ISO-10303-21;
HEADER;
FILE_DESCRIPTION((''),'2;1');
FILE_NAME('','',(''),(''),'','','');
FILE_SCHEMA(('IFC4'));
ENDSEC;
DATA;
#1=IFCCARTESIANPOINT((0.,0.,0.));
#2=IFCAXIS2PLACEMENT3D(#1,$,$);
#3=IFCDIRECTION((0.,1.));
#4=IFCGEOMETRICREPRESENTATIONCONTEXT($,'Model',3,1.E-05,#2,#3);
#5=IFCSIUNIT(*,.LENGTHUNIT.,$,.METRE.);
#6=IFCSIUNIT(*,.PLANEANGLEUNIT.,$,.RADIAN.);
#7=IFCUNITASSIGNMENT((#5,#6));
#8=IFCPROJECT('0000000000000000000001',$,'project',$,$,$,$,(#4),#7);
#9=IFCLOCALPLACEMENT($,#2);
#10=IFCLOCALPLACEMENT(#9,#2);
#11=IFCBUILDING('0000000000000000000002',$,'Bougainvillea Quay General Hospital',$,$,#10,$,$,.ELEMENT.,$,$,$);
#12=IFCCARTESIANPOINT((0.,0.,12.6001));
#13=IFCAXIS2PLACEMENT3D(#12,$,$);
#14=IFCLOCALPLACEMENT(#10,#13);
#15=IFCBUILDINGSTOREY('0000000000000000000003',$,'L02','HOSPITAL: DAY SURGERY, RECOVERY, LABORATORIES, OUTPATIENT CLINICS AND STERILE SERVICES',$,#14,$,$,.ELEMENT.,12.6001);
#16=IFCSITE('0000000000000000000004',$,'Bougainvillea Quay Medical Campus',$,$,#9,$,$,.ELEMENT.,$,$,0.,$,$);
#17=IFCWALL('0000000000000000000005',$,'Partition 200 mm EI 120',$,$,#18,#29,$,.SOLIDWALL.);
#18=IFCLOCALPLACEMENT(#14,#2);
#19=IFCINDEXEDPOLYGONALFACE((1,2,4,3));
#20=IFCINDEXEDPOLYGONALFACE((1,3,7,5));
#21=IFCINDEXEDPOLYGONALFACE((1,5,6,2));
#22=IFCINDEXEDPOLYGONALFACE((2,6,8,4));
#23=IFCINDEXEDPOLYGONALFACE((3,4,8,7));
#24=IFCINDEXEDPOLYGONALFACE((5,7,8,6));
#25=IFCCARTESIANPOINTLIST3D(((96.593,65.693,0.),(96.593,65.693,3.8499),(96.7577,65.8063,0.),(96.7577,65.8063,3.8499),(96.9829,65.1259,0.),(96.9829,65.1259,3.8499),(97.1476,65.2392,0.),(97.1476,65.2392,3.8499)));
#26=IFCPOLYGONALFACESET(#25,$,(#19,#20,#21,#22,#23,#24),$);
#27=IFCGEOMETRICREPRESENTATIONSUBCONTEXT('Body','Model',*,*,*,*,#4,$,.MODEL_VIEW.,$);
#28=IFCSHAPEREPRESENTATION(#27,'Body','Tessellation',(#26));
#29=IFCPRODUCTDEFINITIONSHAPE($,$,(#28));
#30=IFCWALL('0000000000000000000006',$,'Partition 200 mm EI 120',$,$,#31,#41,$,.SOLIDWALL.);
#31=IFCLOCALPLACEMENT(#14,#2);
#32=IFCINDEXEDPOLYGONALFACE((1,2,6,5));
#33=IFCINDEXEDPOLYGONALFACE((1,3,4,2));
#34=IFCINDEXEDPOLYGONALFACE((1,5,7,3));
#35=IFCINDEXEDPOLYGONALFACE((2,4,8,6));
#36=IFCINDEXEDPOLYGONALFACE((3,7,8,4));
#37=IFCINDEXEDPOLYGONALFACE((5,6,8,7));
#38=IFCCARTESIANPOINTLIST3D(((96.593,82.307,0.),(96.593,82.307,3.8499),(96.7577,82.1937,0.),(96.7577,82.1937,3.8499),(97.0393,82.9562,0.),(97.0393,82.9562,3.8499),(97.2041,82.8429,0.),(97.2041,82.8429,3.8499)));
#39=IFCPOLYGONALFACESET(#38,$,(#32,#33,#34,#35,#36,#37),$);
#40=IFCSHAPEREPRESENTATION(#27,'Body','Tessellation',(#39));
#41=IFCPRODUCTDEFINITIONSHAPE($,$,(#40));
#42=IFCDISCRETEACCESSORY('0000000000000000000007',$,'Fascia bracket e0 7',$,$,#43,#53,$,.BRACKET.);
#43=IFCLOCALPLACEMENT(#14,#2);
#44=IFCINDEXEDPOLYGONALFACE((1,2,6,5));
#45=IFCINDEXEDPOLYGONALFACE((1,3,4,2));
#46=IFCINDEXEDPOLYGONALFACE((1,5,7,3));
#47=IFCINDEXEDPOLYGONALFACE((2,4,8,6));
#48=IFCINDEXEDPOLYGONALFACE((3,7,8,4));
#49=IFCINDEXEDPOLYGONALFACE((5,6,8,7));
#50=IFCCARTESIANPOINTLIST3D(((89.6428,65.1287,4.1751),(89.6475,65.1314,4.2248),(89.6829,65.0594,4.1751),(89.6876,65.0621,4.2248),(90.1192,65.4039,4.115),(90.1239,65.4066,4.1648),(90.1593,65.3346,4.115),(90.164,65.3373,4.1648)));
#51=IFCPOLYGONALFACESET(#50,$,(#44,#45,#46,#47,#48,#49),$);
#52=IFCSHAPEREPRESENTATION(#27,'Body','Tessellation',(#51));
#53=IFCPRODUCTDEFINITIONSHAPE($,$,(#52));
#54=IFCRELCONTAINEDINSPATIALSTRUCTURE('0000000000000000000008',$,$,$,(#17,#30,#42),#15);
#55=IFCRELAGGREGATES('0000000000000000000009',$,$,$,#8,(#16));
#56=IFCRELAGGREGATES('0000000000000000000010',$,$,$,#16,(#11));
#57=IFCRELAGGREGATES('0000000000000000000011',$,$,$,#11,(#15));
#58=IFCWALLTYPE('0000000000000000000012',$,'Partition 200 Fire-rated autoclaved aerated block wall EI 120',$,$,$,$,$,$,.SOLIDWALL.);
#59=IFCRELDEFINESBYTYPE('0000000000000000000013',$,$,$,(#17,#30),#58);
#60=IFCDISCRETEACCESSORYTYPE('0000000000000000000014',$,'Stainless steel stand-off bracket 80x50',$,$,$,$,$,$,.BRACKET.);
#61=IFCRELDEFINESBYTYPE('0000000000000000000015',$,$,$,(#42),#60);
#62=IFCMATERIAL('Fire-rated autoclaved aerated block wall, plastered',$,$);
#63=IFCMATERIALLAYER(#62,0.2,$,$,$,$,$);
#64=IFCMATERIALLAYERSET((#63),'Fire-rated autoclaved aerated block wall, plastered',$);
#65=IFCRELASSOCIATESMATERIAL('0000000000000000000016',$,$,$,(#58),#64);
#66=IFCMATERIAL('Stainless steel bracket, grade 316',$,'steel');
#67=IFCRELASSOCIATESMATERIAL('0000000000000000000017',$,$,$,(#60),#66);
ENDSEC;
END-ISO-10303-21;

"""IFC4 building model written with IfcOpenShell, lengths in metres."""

from ifc_helpers import new_model, si_unit, direction, frame, frame_2d, origin, origin_2d, place, context, subcontext, project, spatial, rectangle, extrude, material, layer, layer_set, material_profile, profile_set, type_object, element, save


model = new_model("IFC4")

# Units and contexts
model_context = context("Model", 3, precision=1e-05, world=origin(), true_north=direction((0.0, 1.0)))
body_context = subcontext(model_context, "Body", "Model", "MODEL_VIEW")
ifc_project = project(units=[si_unit("LENGTHUNIT", "METRE"), si_unit("PLANEANGLEUNIT", "RADIAN")], contexts=[model_context])

# Site, building, storey
site_placement = place(None, origin())
site = spatial("IfcSite", under=ifc_project, at=site_placement, Name="Bougainvillea Quay Medical Campus", CompositionType="ELEMENT", RefElevation=0.0)
building_placement = place(site_placement, origin())
building = spatial("IfcBuilding", under=site, at=building_placement, Name="Bougainvillea Quay General Hospital", CompositionType="ELEMENT")
storey_placement = place(building_placement, frame((0.0, 0.0, 12.6001)))
storey = spatial("IfcBuildingStorey", under=building, at=storey_placement, Name="L02", Description="HOSPITAL: DAY SURGERY, RECOVERY, LABORATORIES, OUTPATIENT CLINICS AND STERILE SERVICES", CompositionType="ELEMENT", Elevation=12.6001)

# Walls
ifc_material_1 = material(Name="Fire-rated autoclaved aerated block wall, plastered")
ifc_layer_1 = layer(ifc_material_1, 0.2)
ifc_layer_set_1 = layer_set([ifc_layer_1], Name="Fire-rated autoclaved aerated block wall, plastered")
wall_type_1 = type_object("IfcWallType", Name="Partition 200 Fire-rated autoclaved aerated block wall EI 120", PredefinedType="SOLIDWALL", material=ifc_layer_set_1)
wall_1_placement = place(storey_placement, frame((96.6753, 65.7498, 0.0), z_axis=(0.0, 0.0, 1.0), x_axis=(0.566514, -0.824052, 0.0)))
element("IfcWall", 1, at=wall_1_placement, inside=storey, type_object=wall_type_1, Name="Partition 200 mm EI 120", PredefinedType="SOLIDWALL", context=body_context, shape_type="SweptSolid", body=[
    extrude(rectangle(XDim=0.6882, YDim=0.2, at=frame_2d((0.3442, 0.0))), origin(), (0.0, 0.0, 1.0), 3.8499),
])
wall_2_placement = place(storey_placement, frame((96.6753, 82.2502, 0.0), z_axis=(0.0, 0.0, 1.0), x_axis=(0.566516, 0.824051, 0.0)))
element("IfcWall", 2, at=wall_2_placement, inside=storey, type_object=wall_type_1, Name="Partition 200 mm EI 120", PredefinedType="SOLIDWALL", context=body_context, shape_type="SweptSolid", body=[
    extrude(rectangle(XDim=0.7878, YDim=0.2, at=frame_2d((0.394, 0.0))), origin(), (0.0, 0.0, 1.0), 3.8499),
])

# Discrete accessory
ifc_material_2 = material(Name="Stainless steel bracket, grade 316", Category="steel")
ifc_material_profile_1 = material_profile(ifc_material_2, rectangle(XDim=0.0801, YDim=0.05, at=origin_2d()))
ifc_profile_set_1 = profile_set([ifc_material_profile_1], Name="Stainless steel bracket, grade 316")
discrete_accessory_type = type_object("IfcDiscreteAccessoryType", Name="Stainless steel stand-off bracket 80x50", PredefinedType="BRACKET", material=ifc_profile_set_1)
discrete_accessory_placement = place(storey_placement, frame((90.1416, 65.3706, 4.1399), z_axis=(-0.860797, -0.497241, 0.108537), x_axis=(0.500196, -0.865912, 0.0)))
element("IfcDiscreteAccessory", 3, at=discrete_accessory_placement, inside=storey, type_object=discrete_accessory_type, Name="Fascia bracket e0 7", PredefinedType="BRACKET", context=body_context, shape_type="SweptSolid", body=[
    extrude(rectangle(XDim=0.0801, YDim=0.05, at=origin_2d()), origin(), (0.0, 0.0, 1.0), 0.5535),
])

save(model, "model.ifc")
